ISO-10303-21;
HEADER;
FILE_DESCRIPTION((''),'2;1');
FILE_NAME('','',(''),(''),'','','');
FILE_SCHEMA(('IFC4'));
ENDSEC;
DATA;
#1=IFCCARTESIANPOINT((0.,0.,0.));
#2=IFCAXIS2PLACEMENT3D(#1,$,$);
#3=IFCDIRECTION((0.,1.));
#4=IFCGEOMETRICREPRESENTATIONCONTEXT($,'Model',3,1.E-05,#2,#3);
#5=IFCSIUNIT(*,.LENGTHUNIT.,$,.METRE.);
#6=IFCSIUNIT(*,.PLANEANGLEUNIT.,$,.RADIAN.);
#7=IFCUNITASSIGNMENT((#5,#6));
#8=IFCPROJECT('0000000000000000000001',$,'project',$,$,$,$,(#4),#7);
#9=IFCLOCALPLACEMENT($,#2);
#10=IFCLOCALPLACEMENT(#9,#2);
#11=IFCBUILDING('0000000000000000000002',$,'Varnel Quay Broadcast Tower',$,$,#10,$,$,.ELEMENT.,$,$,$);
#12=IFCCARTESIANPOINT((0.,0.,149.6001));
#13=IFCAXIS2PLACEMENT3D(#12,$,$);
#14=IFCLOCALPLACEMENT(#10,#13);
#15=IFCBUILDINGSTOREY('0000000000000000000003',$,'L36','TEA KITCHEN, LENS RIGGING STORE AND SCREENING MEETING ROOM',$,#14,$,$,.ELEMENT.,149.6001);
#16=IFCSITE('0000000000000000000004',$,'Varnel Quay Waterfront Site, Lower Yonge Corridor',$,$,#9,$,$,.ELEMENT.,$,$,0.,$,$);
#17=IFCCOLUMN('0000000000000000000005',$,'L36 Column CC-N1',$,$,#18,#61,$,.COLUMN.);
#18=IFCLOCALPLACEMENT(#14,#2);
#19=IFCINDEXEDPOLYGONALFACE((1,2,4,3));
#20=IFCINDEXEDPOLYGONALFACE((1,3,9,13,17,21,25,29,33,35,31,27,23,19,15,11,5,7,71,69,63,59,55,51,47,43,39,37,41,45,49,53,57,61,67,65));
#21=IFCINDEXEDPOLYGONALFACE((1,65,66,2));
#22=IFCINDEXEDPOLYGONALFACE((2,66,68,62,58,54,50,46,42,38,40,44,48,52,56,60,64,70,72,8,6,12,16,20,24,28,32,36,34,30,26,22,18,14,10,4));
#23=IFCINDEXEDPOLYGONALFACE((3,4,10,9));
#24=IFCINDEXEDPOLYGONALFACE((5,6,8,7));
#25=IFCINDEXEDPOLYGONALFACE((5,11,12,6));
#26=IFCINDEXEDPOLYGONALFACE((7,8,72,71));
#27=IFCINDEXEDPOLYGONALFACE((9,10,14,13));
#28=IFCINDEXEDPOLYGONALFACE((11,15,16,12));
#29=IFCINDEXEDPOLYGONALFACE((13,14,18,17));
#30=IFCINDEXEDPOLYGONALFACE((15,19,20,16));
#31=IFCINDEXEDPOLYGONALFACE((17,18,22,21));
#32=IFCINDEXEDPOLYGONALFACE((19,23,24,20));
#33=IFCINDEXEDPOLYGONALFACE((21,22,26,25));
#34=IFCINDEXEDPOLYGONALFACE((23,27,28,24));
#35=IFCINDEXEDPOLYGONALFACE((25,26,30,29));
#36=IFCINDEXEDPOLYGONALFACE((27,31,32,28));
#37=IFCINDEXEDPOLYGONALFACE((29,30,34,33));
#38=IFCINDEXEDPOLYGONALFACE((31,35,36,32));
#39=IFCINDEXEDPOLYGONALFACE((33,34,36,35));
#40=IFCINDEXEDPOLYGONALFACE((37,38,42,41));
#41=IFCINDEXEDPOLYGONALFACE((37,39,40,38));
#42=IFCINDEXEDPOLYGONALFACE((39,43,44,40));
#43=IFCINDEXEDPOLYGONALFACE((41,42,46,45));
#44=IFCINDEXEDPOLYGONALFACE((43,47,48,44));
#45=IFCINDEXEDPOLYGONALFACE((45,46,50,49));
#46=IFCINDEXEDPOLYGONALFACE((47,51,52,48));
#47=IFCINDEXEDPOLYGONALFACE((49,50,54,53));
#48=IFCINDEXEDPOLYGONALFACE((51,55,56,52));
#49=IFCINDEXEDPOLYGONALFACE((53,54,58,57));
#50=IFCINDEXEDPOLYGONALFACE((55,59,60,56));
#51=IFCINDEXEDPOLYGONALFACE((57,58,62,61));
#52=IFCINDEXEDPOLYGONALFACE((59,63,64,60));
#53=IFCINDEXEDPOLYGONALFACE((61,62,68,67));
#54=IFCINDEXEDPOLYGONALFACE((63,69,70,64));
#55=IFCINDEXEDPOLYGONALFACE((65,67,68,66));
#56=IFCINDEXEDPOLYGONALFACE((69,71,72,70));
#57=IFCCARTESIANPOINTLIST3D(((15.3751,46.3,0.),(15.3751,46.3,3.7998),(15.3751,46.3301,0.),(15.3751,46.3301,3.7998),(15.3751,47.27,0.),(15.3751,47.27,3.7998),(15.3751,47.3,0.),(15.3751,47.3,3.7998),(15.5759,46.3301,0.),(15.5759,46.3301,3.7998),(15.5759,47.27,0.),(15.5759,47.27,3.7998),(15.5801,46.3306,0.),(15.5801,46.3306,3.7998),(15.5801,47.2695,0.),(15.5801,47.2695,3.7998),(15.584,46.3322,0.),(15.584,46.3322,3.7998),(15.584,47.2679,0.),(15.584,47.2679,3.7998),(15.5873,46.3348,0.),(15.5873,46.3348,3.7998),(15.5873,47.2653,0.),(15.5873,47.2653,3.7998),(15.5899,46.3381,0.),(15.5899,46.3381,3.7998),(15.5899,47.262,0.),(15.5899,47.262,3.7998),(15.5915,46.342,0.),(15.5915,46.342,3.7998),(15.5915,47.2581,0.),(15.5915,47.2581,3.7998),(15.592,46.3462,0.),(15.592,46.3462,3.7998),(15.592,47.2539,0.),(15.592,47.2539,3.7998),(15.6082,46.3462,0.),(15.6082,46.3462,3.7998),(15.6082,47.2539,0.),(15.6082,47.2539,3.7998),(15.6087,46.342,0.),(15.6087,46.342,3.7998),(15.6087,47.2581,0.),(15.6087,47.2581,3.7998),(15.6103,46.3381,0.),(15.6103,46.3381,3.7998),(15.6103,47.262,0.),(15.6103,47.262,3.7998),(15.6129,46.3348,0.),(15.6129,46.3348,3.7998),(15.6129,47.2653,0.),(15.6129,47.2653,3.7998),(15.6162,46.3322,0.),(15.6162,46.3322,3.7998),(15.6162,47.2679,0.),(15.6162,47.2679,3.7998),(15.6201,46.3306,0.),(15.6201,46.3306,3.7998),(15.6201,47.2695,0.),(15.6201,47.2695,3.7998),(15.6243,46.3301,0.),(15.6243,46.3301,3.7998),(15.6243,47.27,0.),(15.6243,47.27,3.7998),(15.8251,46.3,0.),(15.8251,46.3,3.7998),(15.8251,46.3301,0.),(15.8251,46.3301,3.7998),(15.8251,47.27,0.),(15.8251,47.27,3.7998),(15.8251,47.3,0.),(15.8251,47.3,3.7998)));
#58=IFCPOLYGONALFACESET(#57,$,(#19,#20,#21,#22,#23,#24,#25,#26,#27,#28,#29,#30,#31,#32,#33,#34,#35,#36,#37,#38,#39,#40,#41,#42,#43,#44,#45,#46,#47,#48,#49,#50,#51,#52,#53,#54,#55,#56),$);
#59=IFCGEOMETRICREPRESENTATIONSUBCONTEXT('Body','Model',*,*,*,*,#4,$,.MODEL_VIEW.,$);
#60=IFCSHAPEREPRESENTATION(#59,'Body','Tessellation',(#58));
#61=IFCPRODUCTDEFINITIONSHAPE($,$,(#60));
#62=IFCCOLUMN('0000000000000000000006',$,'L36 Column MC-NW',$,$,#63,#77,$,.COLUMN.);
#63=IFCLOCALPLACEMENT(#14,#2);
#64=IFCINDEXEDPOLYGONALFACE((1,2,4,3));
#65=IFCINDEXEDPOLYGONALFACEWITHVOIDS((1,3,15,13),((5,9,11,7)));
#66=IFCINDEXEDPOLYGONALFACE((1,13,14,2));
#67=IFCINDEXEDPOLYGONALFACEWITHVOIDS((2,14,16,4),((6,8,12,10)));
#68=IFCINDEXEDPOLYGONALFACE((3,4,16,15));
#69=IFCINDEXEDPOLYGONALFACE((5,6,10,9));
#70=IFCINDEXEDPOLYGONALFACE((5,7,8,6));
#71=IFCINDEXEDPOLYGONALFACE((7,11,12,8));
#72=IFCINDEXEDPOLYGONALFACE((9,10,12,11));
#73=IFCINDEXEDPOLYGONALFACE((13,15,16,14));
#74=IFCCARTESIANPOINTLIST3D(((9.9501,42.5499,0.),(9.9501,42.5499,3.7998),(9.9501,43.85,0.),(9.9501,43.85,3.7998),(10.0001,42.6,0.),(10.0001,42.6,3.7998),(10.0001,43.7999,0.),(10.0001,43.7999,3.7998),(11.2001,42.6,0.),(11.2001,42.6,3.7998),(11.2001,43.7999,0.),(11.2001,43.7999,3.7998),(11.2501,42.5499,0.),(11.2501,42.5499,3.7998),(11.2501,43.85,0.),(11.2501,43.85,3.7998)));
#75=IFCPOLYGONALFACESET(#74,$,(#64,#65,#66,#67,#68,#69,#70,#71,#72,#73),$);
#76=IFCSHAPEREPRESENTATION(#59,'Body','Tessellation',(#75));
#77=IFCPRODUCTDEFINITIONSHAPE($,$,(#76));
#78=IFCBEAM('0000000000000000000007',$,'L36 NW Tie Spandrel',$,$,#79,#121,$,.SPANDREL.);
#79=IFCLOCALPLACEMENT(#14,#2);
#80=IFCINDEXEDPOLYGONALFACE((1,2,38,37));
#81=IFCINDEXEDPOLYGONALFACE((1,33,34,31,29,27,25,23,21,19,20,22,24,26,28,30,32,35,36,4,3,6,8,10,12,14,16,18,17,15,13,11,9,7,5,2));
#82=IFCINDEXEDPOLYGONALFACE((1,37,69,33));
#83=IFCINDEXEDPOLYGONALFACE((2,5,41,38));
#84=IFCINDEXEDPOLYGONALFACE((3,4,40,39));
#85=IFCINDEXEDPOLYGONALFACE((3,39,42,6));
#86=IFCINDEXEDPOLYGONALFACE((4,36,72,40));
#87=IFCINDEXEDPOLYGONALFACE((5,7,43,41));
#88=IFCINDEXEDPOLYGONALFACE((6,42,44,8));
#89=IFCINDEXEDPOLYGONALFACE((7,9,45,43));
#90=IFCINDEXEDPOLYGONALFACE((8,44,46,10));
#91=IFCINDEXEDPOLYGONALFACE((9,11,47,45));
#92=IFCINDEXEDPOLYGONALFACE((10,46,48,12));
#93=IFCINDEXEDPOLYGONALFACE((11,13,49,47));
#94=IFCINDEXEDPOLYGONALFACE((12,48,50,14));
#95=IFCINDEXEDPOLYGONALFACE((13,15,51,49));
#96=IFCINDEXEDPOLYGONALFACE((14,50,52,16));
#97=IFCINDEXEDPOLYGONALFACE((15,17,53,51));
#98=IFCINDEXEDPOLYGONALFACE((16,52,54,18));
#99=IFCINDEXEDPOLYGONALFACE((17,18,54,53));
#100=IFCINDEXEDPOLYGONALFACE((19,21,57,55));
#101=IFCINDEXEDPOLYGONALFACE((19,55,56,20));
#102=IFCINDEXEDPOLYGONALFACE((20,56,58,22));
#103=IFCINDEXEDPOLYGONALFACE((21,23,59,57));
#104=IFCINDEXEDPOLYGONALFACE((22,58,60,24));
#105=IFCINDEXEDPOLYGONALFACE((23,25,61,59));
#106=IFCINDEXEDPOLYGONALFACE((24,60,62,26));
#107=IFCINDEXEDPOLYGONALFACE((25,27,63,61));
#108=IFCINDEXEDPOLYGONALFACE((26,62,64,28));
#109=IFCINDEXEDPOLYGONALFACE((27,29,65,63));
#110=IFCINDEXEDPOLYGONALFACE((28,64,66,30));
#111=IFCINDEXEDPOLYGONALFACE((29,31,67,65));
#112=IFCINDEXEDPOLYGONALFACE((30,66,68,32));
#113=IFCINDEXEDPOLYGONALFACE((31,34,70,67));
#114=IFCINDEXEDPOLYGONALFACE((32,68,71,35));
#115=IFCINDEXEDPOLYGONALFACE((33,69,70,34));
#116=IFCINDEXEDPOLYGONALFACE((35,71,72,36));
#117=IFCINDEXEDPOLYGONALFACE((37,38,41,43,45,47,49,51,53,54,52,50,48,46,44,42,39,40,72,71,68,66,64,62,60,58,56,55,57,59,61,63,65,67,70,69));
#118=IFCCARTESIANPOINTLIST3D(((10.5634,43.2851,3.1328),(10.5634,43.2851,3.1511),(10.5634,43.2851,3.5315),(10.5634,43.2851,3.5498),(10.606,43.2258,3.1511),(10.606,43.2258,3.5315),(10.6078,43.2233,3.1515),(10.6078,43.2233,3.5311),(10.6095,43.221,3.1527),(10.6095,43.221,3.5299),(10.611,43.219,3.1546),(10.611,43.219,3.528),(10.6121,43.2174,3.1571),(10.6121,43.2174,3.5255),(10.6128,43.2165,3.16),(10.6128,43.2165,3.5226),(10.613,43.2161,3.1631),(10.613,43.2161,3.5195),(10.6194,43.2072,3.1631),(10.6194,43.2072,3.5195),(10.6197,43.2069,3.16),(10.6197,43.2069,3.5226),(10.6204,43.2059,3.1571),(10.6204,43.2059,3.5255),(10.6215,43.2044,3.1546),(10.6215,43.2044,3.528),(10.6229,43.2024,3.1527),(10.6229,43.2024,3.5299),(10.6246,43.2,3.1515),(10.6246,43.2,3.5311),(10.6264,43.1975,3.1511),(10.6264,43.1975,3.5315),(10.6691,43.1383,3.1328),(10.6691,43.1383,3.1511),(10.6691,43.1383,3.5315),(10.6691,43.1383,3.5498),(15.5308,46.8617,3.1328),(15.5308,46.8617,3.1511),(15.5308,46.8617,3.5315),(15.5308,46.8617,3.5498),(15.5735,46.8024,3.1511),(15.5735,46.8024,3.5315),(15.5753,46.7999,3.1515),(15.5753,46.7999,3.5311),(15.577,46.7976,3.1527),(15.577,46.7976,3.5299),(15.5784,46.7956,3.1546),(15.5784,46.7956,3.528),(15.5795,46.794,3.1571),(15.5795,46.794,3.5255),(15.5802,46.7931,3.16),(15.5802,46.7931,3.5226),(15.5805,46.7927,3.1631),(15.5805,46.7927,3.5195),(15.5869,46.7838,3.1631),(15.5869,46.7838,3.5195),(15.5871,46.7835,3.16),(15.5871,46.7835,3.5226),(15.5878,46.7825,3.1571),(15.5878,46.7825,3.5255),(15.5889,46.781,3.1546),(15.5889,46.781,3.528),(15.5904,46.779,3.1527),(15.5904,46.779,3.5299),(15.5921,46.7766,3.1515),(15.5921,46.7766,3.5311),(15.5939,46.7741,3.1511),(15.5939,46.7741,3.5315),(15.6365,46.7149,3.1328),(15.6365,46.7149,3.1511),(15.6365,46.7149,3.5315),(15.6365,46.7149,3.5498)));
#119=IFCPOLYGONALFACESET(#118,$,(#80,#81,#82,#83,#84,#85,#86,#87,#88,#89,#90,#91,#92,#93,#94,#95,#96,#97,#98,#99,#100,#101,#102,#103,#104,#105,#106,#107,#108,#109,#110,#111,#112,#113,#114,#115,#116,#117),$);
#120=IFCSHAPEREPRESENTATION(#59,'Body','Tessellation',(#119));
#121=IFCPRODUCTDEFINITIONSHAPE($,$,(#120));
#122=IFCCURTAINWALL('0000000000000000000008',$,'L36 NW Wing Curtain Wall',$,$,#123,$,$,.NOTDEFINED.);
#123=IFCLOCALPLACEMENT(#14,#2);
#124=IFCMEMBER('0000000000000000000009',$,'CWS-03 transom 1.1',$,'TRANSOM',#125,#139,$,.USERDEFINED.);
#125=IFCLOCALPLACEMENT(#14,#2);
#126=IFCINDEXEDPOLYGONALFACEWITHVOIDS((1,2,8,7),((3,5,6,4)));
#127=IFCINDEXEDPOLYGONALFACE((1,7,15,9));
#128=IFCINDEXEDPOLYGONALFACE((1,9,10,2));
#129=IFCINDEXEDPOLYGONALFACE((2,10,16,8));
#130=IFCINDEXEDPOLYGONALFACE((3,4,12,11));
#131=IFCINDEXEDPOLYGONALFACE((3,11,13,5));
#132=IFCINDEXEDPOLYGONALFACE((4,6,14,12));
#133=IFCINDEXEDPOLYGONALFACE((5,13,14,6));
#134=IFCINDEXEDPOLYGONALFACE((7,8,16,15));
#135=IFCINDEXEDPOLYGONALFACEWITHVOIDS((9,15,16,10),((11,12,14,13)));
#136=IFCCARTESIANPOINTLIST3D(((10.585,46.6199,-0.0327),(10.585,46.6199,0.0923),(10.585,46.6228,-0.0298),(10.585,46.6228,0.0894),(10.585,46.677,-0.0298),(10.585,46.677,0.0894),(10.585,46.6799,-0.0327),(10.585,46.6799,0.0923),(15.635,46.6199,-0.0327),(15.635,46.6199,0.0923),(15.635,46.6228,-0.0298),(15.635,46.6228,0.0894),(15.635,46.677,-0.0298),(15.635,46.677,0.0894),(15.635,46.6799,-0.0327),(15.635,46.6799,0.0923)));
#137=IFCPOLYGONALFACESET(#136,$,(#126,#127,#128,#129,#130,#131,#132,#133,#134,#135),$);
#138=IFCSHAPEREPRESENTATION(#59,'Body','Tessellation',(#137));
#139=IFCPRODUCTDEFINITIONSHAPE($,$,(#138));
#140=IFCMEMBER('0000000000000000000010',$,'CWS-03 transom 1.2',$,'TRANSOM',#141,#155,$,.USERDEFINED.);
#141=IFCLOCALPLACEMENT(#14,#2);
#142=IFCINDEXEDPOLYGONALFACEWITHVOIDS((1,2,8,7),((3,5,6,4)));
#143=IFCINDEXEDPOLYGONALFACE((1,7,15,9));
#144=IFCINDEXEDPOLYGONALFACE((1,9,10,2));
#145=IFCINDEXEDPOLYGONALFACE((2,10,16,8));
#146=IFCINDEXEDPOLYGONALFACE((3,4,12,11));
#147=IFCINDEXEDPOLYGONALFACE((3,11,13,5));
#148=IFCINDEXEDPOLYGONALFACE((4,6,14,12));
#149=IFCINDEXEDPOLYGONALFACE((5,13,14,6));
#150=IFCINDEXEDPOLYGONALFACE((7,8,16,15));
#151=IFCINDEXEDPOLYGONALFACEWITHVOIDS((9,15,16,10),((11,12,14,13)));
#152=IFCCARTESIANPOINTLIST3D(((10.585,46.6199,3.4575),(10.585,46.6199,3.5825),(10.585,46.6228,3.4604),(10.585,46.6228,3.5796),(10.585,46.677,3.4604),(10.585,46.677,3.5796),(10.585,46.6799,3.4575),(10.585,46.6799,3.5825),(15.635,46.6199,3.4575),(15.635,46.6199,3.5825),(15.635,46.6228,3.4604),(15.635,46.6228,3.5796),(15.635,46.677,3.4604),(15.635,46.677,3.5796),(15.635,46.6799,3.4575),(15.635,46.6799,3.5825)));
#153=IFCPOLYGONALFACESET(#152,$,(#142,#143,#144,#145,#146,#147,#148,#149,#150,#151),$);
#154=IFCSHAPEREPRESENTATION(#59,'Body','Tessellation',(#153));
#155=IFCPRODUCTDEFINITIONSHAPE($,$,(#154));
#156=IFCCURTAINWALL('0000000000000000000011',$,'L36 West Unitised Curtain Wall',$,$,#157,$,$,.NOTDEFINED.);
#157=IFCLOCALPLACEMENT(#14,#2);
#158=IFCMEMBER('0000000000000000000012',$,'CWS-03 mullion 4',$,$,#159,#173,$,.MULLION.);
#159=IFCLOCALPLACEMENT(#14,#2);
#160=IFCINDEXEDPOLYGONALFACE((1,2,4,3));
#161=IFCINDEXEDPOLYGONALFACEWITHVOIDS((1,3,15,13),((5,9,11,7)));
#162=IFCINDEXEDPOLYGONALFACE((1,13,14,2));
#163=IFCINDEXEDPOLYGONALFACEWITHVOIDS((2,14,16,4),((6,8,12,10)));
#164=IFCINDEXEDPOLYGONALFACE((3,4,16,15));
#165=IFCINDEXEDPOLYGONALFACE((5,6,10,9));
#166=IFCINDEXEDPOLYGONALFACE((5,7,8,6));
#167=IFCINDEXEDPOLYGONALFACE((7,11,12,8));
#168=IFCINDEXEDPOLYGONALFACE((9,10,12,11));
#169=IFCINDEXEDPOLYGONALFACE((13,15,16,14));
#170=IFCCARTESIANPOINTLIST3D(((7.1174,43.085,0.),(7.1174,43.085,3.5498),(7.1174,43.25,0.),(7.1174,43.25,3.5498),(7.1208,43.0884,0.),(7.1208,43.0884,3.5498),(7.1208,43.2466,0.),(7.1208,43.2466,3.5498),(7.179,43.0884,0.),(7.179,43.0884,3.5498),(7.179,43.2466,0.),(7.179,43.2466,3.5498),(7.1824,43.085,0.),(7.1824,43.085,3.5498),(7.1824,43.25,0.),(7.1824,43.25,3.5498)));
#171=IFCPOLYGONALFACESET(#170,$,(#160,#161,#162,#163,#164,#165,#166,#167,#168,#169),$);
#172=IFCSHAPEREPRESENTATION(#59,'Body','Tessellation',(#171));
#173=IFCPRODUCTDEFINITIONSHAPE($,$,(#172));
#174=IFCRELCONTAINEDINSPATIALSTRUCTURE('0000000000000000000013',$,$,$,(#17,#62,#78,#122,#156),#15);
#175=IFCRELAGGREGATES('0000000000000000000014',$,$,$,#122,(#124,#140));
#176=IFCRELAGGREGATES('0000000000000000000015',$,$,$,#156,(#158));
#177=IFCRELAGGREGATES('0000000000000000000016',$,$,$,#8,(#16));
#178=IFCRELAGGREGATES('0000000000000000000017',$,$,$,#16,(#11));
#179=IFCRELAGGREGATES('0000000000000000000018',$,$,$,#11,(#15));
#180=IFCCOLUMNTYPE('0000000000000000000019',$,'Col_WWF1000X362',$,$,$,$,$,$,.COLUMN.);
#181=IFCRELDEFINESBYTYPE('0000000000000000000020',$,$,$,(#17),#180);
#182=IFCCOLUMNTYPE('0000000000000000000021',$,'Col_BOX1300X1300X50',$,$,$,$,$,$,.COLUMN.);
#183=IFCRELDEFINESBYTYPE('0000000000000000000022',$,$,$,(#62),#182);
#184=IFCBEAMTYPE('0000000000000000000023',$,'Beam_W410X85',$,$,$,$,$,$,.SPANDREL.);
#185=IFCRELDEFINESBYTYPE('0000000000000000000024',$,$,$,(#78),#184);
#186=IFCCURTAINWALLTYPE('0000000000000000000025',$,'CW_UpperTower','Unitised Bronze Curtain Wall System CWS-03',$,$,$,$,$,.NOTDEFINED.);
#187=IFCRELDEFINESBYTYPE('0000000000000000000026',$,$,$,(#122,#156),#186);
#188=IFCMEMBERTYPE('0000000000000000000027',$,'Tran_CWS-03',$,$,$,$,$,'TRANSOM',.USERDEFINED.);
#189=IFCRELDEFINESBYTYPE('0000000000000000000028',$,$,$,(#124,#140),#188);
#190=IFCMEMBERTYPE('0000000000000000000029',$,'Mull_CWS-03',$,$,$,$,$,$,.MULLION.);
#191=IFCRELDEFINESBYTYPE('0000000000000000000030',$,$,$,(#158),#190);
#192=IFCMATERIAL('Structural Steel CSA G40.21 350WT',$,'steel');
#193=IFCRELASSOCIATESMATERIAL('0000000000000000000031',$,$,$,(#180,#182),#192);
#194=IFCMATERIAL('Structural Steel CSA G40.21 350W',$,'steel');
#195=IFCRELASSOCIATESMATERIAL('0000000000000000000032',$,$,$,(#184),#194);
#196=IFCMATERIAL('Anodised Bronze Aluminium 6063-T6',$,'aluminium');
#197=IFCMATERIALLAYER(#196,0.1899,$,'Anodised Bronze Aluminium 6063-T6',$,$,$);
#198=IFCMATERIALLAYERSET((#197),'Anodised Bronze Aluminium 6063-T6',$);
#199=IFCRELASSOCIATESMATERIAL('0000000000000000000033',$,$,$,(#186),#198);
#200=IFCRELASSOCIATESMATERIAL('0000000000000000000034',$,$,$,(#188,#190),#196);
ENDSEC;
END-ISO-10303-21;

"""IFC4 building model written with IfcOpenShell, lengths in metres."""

from ifc_helpers import new_model, si_unit, direction, frame, origin, origin_2d, place, context, subcontext, project, spatial, hollow_rectangle, i_section, extrude, source, transform, mapped, material, layer, layer_set, material_profile, profile_set, type_object, type_shapes, element, aggregate, save


model = new_model("IFC4")

# Units and contexts
model_context = context("Model", 3, precision=1e-05, world=origin(), true_north=direction((0.0, 1.0)))
body_context = subcontext(model_context, "Body", "Model", "MODEL_VIEW")
ifc_project = project(units=[si_unit("LENGTHUNIT", "METRE"), si_unit("PLANEANGLEUNIT", "RADIAN")], contexts=[model_context])

# Site, building, storey
site_placement = place(None, origin())
site = spatial("IfcSite", under=ifc_project, at=site_placement, Name="Varnel Quay Waterfront Site, Lower Yonge Corridor", CompositionType="ELEMENT", RefElevation=0.0)
building_placement = place(site_placement, origin())
building = spatial("IfcBuilding", under=site, at=building_placement, Name="Varnel Quay Broadcast Tower", CompositionType="ELEMENT")
storey_placement = place(building_placement, frame((0.0, 0.0, 149.6001)))
storey = spatial("IfcBuildingStorey", under=building, at=storey_placement, Name="L36", Description="TEA KITCHEN, LENS RIGGING STORE AND SCREENING MEETING ROOM", CompositionType="ELEMENT", Elevation=149.6001)

# Columns
ifc_material_1 = material(Name="Structural Steel CSA G40.21 350WT", Category="steel")
ifc_material_profile_1 = material_profile(ifc_material_1, i_section(OverallWidth=0.45, OverallDepth=1.0, WebThickness=0.0161, FlangeThickness=0.03, FilletRadius=0.0161, at=origin_2d()), Name="WWF1000X362")
ifc_profile_set_1 = profile_set([ifc_material_profile_1], Name="Structural Steel CSA G40.21 350WT")
column_type_1 = type_object("IfcColumnType", Name="Col_WWF1000X362", PredefinedType="COLUMN", material=ifc_profile_set_1)
shared_shape_1 = source(origin(), body_context, "Body", "SweptSolid", [
    extrude(i_section(OverallWidth=0.45, OverallDepth=1.0, WebThickness=0.0161, FlangeThickness=0.03, FilletRadius=0.0161, at=origin_2d()), origin(), (0.0, 0.0, 1.0), 3.7998),
])
type_shapes(column_type_1, [shared_shape_1])
column_1_placement = place(storey_placement, frame((15.6001, 46.8, 0.0), z_axis=(0.0, 0.0, 1.0), x_axis=(1.0, 0.0, 0.0)))
element("IfcColumn", 1, at=column_1_placement, inside=storey, type_object=column_type_1, Name="L36 Column CC-N1", PredefinedType="COLUMN", context=body_context, shape_type="MappedRepresentation", body=[
    mapped(shared_shape_1, transform((0.0, 0.0, 0.0), x_axis=(1.0, 0.0, 0.0), y_axis=(0.0, 1.0, 0.0), z_axis=(0.0, 0.0, 1.0), scale=1.0)),
])
ifc_material_profile_2 = material_profile(ifc_material_1, hollow_rectangle(XDim=1.3, YDim=1.3, WallThickness=0.05, at=origin_2d()), Name="BOX1300X1300X50")
ifc_profile_set_2 = profile_set([ifc_material_profile_2], Name="Structural Steel CSA G40.21 350WT")
column_type_2 = type_object("IfcColumnType", Name="Col_BOX1300X1300X50", PredefinedType="COLUMN", material=ifc_profile_set_2)
shared_shape_2 = source(origin(), body_context, "Body", "SweptSolid", [
    extrude(hollow_rectangle(XDim=1.3, YDim=1.3, WallThickness=0.05, at=origin_2d()), origin(), (0.0, 0.0, 1.0), 3.7998),
])
type_shapes(column_type_2, [shared_shape_2])
column_2_placement = place(storey_placement, frame((10.6001, 43.2, 0.0), z_axis=(0.0, 0.0, 1.0), x_axis=(1.0, 0.0, 0.0)))
element("IfcColumn", 2, at=column_2_placement, inside=storey, type_object=column_type_2, Name="L36 Column MC-NW", PredefinedType="COLUMN", context=body_context, shape_type="MappedRepresentation", body=[
    mapped(shared_shape_2, transform((0.0, 0.0, 0.0), x_axis=(1.0, 0.0, 0.0), y_axis=(0.0, 1.0, 0.0), z_axis=(0.0, 0.0, 1.0), scale=1.0)),
])

# Beam
ifc_material_2 = material(Name="Structural Steel CSA G40.21 350W", Category="steel")
ifc_material_profile_3 = material_profile(ifc_material_2, i_section(OverallWidth=0.1809, OverallDepth=0.417, WebThickness=0.011, FlangeThickness=0.0183, FilletRadius=0.012, at=origin_2d()), Name="W410X85")
ifc_profile_set_3 = profile_set([ifc_material_profile_3], Name="Structural Steel CSA G40.21 350W")
beam_type = type_object("IfcBeamType", Name="Beam_W410X85", PredefinedType="SPANDREL", material=ifc_profile_set_3)
shared_shape_3 = source(origin(), body_context, "Body", "SweptSolid", [
    extrude(i_section(OverallWidth=0.1809, OverallDepth=0.417, WebThickness=0.011, FlangeThickness=0.0183, FilletRadius=0.012, at=origin_2d()), origin(), (0.0, 0.0, 1.0), 6.1211),
])
type_shapes(beam_type, [shared_shape_3])
beam_placement = place(storey_placement, frame((10.6162, 43.2117, 3.3413), z_axis=(0.811531, 0.584309, 0.0), x_axis=(-0.584309, 0.811531, 0.0)))
element("IfcBeam", 3, at=beam_placement, inside=storey, type_object=beam_type, Name="L36 NW Tie Spandrel", PredefinedType="SPANDREL", context=body_context, shape_type="MappedRepresentation", body=[
    mapped(shared_shape_3, transform((0.0, 0.0, 0.0), x_axis=(1.0, 0.0, 0.0), y_axis=(0.0, 1.0, 0.0), z_axis=(0.0, 0.0, 1.0), scale=1.0)),
])

# Curtain wall, members
ifc_material_3 = material(Name="Anodised Bronze Aluminium 6063-T6", Category="aluminium")
ifc_layer_1 = layer(ifc_material_3, 0.1899, Name="Anodised Bronze Aluminium 6063-T6")
ifc_layer_set_1 = layer_set([ifc_layer_1], Name="Anodised Bronze Aluminium 6063-T6")
curtain_wall_type = type_object("IfcCurtainWallType", Name="CW_UpperTower", Description="Unitised Bronze Curtain Wall System CWS-03", PredefinedType="NOTDEFINED", material=ifc_layer_set_1)
curtain_wall_1_placement = place(storey_placement, origin())
curtain_wall_1 = element("IfcCurtainWall", 4, at=curtain_wall_1_placement, inside=storey, type_object=curtain_wall_type, Name="L36 NW Wing Curtain Wall", PredefinedType="NOTDEFINED")
ifc_material_profile_4 = material_profile(ifc_material_3, hollow_rectangle(XDim=0.0601, YDim=0.125, WallThickness=0.0029, at=origin_2d()), Name="ALU60X125X3")
ifc_profile_set_4 = profile_set([ifc_material_profile_4], Name="Anodised Bronze Aluminium 6063-T6")
member_type_1 = type_object("IfcMemberType", Name="Tran_CWS-03", ElementType="TRANSOM", PredefinedType="USERDEFINED", material=ifc_profile_set_4)
shared_shape_4 = source(origin(), body_context, "Body", "SweptSolid", [
    extrude(hollow_rectangle(XDim=0.0601, YDim=0.125, WallThickness=0.0029, at=origin_2d()), origin(), (0.0, 0.0, 1.0), 5.05),
])
type_shapes(member_type_1, [shared_shape_4])
member_1_placement = place(storey_placement, frame((10.585, 46.6499, 0.0298), z_axis=(1.0, 0.0, 0.0), x_axis=(0.0, 1.0, 0.0)))
member_1 = element("IfcMember", 5, at=member_1_placement, type_object=member_type_1, Name="CWS-03 transom 1.1", ObjectType="TRANSOM", PredefinedType="USERDEFINED", context=body_context, shape_type="MappedRepresentation", body=[
    mapped(shared_shape_4, transform((0.0, 0.0, 0.0), x_axis=(1.0, 0.0, 0.0), y_axis=(0.0, 1.0, 0.0), z_axis=(0.0, 0.0, 1.0), scale=1.0)),
])
member_2_placement = place(storey_placement, frame((10.585, 46.6499, 3.52), z_axis=(1.0, 0.0, 0.0), x_axis=(0.0, 1.0, 0.0)))
member_2 = element("IfcMember", 6, at=member_2_placement, type_object=member_type_1, Name="CWS-03 transom 1.2", ObjectType="TRANSOM", PredefinedType="USERDEFINED", context=body_context, shape_type="MappedRepresentation", body=[
    mapped(shared_shape_4, transform((0.0, 0.0, 0.0), x_axis=(1.0, 0.0, 0.0), y_axis=(0.0, 1.0, 0.0), z_axis=(0.0, 0.0, 1.0), scale=1.0)),
])

# Curtain wall, member
curtain_wall_2_placement = place(storey_placement, origin())
curtain_wall_2 = element("IfcCurtainWall", 7, at=curtain_wall_2_placement, inside=storey, type_object=curtain_wall_type, Name="L36 West Unitised Curtain Wall", PredefinedType="NOTDEFINED")
ifc_material_profile_5 = material_profile(ifc_material_3, hollow_rectangle(XDim=0.0649, YDim=0.165, WallThickness=0.0034, at=origin_2d()), Name="ALU65X165X3.5")
ifc_profile_set_5 = profile_set([ifc_material_profile_5], Name="Anodised Bronze Aluminium 6063-T6")
member_type_2 = type_object("IfcMemberType", Name="Mull_CWS-03", PredefinedType="MULLION", material=ifc_profile_set_5)
shared_shape_5 = source(origin(), body_context, "Body", "SweptSolid", [
    extrude(hollow_rectangle(XDim=0.0649, YDim=0.165, WallThickness=0.0034, at=origin_2d()), origin(), (0.0, 0.0, 1.0), 3.5498),
])
type_shapes(member_type_2, [shared_shape_5])
member_3_placement = place(storey_placement, frame((7.1499, 43.1675, 0.0), z_axis=(0.0, 0.0, 1.0), x_axis=(-1.0, 0.0, 0.0)))
member_3 = element("IfcMember", 8, at=member_3_placement, type_object=member_type_2, Name="CWS-03 mullion 4", PredefinedType="MULLION", context=body_context, shape_type="MappedRepresentation", body=[
    mapped(shared_shape_5, transform((0.0, 0.0, 0.0), x_axis=(1.0, 0.0, 0.0), y_axis=(0.0, 1.0, 0.0), z_axis=(0.0, 0.0, 1.0), scale=1.0)),
])

aggregate(curtain_wall_1, [member_1, member_2])
aggregate(curtain_wall_2, [member_3])

save(model, "model.ifc")
